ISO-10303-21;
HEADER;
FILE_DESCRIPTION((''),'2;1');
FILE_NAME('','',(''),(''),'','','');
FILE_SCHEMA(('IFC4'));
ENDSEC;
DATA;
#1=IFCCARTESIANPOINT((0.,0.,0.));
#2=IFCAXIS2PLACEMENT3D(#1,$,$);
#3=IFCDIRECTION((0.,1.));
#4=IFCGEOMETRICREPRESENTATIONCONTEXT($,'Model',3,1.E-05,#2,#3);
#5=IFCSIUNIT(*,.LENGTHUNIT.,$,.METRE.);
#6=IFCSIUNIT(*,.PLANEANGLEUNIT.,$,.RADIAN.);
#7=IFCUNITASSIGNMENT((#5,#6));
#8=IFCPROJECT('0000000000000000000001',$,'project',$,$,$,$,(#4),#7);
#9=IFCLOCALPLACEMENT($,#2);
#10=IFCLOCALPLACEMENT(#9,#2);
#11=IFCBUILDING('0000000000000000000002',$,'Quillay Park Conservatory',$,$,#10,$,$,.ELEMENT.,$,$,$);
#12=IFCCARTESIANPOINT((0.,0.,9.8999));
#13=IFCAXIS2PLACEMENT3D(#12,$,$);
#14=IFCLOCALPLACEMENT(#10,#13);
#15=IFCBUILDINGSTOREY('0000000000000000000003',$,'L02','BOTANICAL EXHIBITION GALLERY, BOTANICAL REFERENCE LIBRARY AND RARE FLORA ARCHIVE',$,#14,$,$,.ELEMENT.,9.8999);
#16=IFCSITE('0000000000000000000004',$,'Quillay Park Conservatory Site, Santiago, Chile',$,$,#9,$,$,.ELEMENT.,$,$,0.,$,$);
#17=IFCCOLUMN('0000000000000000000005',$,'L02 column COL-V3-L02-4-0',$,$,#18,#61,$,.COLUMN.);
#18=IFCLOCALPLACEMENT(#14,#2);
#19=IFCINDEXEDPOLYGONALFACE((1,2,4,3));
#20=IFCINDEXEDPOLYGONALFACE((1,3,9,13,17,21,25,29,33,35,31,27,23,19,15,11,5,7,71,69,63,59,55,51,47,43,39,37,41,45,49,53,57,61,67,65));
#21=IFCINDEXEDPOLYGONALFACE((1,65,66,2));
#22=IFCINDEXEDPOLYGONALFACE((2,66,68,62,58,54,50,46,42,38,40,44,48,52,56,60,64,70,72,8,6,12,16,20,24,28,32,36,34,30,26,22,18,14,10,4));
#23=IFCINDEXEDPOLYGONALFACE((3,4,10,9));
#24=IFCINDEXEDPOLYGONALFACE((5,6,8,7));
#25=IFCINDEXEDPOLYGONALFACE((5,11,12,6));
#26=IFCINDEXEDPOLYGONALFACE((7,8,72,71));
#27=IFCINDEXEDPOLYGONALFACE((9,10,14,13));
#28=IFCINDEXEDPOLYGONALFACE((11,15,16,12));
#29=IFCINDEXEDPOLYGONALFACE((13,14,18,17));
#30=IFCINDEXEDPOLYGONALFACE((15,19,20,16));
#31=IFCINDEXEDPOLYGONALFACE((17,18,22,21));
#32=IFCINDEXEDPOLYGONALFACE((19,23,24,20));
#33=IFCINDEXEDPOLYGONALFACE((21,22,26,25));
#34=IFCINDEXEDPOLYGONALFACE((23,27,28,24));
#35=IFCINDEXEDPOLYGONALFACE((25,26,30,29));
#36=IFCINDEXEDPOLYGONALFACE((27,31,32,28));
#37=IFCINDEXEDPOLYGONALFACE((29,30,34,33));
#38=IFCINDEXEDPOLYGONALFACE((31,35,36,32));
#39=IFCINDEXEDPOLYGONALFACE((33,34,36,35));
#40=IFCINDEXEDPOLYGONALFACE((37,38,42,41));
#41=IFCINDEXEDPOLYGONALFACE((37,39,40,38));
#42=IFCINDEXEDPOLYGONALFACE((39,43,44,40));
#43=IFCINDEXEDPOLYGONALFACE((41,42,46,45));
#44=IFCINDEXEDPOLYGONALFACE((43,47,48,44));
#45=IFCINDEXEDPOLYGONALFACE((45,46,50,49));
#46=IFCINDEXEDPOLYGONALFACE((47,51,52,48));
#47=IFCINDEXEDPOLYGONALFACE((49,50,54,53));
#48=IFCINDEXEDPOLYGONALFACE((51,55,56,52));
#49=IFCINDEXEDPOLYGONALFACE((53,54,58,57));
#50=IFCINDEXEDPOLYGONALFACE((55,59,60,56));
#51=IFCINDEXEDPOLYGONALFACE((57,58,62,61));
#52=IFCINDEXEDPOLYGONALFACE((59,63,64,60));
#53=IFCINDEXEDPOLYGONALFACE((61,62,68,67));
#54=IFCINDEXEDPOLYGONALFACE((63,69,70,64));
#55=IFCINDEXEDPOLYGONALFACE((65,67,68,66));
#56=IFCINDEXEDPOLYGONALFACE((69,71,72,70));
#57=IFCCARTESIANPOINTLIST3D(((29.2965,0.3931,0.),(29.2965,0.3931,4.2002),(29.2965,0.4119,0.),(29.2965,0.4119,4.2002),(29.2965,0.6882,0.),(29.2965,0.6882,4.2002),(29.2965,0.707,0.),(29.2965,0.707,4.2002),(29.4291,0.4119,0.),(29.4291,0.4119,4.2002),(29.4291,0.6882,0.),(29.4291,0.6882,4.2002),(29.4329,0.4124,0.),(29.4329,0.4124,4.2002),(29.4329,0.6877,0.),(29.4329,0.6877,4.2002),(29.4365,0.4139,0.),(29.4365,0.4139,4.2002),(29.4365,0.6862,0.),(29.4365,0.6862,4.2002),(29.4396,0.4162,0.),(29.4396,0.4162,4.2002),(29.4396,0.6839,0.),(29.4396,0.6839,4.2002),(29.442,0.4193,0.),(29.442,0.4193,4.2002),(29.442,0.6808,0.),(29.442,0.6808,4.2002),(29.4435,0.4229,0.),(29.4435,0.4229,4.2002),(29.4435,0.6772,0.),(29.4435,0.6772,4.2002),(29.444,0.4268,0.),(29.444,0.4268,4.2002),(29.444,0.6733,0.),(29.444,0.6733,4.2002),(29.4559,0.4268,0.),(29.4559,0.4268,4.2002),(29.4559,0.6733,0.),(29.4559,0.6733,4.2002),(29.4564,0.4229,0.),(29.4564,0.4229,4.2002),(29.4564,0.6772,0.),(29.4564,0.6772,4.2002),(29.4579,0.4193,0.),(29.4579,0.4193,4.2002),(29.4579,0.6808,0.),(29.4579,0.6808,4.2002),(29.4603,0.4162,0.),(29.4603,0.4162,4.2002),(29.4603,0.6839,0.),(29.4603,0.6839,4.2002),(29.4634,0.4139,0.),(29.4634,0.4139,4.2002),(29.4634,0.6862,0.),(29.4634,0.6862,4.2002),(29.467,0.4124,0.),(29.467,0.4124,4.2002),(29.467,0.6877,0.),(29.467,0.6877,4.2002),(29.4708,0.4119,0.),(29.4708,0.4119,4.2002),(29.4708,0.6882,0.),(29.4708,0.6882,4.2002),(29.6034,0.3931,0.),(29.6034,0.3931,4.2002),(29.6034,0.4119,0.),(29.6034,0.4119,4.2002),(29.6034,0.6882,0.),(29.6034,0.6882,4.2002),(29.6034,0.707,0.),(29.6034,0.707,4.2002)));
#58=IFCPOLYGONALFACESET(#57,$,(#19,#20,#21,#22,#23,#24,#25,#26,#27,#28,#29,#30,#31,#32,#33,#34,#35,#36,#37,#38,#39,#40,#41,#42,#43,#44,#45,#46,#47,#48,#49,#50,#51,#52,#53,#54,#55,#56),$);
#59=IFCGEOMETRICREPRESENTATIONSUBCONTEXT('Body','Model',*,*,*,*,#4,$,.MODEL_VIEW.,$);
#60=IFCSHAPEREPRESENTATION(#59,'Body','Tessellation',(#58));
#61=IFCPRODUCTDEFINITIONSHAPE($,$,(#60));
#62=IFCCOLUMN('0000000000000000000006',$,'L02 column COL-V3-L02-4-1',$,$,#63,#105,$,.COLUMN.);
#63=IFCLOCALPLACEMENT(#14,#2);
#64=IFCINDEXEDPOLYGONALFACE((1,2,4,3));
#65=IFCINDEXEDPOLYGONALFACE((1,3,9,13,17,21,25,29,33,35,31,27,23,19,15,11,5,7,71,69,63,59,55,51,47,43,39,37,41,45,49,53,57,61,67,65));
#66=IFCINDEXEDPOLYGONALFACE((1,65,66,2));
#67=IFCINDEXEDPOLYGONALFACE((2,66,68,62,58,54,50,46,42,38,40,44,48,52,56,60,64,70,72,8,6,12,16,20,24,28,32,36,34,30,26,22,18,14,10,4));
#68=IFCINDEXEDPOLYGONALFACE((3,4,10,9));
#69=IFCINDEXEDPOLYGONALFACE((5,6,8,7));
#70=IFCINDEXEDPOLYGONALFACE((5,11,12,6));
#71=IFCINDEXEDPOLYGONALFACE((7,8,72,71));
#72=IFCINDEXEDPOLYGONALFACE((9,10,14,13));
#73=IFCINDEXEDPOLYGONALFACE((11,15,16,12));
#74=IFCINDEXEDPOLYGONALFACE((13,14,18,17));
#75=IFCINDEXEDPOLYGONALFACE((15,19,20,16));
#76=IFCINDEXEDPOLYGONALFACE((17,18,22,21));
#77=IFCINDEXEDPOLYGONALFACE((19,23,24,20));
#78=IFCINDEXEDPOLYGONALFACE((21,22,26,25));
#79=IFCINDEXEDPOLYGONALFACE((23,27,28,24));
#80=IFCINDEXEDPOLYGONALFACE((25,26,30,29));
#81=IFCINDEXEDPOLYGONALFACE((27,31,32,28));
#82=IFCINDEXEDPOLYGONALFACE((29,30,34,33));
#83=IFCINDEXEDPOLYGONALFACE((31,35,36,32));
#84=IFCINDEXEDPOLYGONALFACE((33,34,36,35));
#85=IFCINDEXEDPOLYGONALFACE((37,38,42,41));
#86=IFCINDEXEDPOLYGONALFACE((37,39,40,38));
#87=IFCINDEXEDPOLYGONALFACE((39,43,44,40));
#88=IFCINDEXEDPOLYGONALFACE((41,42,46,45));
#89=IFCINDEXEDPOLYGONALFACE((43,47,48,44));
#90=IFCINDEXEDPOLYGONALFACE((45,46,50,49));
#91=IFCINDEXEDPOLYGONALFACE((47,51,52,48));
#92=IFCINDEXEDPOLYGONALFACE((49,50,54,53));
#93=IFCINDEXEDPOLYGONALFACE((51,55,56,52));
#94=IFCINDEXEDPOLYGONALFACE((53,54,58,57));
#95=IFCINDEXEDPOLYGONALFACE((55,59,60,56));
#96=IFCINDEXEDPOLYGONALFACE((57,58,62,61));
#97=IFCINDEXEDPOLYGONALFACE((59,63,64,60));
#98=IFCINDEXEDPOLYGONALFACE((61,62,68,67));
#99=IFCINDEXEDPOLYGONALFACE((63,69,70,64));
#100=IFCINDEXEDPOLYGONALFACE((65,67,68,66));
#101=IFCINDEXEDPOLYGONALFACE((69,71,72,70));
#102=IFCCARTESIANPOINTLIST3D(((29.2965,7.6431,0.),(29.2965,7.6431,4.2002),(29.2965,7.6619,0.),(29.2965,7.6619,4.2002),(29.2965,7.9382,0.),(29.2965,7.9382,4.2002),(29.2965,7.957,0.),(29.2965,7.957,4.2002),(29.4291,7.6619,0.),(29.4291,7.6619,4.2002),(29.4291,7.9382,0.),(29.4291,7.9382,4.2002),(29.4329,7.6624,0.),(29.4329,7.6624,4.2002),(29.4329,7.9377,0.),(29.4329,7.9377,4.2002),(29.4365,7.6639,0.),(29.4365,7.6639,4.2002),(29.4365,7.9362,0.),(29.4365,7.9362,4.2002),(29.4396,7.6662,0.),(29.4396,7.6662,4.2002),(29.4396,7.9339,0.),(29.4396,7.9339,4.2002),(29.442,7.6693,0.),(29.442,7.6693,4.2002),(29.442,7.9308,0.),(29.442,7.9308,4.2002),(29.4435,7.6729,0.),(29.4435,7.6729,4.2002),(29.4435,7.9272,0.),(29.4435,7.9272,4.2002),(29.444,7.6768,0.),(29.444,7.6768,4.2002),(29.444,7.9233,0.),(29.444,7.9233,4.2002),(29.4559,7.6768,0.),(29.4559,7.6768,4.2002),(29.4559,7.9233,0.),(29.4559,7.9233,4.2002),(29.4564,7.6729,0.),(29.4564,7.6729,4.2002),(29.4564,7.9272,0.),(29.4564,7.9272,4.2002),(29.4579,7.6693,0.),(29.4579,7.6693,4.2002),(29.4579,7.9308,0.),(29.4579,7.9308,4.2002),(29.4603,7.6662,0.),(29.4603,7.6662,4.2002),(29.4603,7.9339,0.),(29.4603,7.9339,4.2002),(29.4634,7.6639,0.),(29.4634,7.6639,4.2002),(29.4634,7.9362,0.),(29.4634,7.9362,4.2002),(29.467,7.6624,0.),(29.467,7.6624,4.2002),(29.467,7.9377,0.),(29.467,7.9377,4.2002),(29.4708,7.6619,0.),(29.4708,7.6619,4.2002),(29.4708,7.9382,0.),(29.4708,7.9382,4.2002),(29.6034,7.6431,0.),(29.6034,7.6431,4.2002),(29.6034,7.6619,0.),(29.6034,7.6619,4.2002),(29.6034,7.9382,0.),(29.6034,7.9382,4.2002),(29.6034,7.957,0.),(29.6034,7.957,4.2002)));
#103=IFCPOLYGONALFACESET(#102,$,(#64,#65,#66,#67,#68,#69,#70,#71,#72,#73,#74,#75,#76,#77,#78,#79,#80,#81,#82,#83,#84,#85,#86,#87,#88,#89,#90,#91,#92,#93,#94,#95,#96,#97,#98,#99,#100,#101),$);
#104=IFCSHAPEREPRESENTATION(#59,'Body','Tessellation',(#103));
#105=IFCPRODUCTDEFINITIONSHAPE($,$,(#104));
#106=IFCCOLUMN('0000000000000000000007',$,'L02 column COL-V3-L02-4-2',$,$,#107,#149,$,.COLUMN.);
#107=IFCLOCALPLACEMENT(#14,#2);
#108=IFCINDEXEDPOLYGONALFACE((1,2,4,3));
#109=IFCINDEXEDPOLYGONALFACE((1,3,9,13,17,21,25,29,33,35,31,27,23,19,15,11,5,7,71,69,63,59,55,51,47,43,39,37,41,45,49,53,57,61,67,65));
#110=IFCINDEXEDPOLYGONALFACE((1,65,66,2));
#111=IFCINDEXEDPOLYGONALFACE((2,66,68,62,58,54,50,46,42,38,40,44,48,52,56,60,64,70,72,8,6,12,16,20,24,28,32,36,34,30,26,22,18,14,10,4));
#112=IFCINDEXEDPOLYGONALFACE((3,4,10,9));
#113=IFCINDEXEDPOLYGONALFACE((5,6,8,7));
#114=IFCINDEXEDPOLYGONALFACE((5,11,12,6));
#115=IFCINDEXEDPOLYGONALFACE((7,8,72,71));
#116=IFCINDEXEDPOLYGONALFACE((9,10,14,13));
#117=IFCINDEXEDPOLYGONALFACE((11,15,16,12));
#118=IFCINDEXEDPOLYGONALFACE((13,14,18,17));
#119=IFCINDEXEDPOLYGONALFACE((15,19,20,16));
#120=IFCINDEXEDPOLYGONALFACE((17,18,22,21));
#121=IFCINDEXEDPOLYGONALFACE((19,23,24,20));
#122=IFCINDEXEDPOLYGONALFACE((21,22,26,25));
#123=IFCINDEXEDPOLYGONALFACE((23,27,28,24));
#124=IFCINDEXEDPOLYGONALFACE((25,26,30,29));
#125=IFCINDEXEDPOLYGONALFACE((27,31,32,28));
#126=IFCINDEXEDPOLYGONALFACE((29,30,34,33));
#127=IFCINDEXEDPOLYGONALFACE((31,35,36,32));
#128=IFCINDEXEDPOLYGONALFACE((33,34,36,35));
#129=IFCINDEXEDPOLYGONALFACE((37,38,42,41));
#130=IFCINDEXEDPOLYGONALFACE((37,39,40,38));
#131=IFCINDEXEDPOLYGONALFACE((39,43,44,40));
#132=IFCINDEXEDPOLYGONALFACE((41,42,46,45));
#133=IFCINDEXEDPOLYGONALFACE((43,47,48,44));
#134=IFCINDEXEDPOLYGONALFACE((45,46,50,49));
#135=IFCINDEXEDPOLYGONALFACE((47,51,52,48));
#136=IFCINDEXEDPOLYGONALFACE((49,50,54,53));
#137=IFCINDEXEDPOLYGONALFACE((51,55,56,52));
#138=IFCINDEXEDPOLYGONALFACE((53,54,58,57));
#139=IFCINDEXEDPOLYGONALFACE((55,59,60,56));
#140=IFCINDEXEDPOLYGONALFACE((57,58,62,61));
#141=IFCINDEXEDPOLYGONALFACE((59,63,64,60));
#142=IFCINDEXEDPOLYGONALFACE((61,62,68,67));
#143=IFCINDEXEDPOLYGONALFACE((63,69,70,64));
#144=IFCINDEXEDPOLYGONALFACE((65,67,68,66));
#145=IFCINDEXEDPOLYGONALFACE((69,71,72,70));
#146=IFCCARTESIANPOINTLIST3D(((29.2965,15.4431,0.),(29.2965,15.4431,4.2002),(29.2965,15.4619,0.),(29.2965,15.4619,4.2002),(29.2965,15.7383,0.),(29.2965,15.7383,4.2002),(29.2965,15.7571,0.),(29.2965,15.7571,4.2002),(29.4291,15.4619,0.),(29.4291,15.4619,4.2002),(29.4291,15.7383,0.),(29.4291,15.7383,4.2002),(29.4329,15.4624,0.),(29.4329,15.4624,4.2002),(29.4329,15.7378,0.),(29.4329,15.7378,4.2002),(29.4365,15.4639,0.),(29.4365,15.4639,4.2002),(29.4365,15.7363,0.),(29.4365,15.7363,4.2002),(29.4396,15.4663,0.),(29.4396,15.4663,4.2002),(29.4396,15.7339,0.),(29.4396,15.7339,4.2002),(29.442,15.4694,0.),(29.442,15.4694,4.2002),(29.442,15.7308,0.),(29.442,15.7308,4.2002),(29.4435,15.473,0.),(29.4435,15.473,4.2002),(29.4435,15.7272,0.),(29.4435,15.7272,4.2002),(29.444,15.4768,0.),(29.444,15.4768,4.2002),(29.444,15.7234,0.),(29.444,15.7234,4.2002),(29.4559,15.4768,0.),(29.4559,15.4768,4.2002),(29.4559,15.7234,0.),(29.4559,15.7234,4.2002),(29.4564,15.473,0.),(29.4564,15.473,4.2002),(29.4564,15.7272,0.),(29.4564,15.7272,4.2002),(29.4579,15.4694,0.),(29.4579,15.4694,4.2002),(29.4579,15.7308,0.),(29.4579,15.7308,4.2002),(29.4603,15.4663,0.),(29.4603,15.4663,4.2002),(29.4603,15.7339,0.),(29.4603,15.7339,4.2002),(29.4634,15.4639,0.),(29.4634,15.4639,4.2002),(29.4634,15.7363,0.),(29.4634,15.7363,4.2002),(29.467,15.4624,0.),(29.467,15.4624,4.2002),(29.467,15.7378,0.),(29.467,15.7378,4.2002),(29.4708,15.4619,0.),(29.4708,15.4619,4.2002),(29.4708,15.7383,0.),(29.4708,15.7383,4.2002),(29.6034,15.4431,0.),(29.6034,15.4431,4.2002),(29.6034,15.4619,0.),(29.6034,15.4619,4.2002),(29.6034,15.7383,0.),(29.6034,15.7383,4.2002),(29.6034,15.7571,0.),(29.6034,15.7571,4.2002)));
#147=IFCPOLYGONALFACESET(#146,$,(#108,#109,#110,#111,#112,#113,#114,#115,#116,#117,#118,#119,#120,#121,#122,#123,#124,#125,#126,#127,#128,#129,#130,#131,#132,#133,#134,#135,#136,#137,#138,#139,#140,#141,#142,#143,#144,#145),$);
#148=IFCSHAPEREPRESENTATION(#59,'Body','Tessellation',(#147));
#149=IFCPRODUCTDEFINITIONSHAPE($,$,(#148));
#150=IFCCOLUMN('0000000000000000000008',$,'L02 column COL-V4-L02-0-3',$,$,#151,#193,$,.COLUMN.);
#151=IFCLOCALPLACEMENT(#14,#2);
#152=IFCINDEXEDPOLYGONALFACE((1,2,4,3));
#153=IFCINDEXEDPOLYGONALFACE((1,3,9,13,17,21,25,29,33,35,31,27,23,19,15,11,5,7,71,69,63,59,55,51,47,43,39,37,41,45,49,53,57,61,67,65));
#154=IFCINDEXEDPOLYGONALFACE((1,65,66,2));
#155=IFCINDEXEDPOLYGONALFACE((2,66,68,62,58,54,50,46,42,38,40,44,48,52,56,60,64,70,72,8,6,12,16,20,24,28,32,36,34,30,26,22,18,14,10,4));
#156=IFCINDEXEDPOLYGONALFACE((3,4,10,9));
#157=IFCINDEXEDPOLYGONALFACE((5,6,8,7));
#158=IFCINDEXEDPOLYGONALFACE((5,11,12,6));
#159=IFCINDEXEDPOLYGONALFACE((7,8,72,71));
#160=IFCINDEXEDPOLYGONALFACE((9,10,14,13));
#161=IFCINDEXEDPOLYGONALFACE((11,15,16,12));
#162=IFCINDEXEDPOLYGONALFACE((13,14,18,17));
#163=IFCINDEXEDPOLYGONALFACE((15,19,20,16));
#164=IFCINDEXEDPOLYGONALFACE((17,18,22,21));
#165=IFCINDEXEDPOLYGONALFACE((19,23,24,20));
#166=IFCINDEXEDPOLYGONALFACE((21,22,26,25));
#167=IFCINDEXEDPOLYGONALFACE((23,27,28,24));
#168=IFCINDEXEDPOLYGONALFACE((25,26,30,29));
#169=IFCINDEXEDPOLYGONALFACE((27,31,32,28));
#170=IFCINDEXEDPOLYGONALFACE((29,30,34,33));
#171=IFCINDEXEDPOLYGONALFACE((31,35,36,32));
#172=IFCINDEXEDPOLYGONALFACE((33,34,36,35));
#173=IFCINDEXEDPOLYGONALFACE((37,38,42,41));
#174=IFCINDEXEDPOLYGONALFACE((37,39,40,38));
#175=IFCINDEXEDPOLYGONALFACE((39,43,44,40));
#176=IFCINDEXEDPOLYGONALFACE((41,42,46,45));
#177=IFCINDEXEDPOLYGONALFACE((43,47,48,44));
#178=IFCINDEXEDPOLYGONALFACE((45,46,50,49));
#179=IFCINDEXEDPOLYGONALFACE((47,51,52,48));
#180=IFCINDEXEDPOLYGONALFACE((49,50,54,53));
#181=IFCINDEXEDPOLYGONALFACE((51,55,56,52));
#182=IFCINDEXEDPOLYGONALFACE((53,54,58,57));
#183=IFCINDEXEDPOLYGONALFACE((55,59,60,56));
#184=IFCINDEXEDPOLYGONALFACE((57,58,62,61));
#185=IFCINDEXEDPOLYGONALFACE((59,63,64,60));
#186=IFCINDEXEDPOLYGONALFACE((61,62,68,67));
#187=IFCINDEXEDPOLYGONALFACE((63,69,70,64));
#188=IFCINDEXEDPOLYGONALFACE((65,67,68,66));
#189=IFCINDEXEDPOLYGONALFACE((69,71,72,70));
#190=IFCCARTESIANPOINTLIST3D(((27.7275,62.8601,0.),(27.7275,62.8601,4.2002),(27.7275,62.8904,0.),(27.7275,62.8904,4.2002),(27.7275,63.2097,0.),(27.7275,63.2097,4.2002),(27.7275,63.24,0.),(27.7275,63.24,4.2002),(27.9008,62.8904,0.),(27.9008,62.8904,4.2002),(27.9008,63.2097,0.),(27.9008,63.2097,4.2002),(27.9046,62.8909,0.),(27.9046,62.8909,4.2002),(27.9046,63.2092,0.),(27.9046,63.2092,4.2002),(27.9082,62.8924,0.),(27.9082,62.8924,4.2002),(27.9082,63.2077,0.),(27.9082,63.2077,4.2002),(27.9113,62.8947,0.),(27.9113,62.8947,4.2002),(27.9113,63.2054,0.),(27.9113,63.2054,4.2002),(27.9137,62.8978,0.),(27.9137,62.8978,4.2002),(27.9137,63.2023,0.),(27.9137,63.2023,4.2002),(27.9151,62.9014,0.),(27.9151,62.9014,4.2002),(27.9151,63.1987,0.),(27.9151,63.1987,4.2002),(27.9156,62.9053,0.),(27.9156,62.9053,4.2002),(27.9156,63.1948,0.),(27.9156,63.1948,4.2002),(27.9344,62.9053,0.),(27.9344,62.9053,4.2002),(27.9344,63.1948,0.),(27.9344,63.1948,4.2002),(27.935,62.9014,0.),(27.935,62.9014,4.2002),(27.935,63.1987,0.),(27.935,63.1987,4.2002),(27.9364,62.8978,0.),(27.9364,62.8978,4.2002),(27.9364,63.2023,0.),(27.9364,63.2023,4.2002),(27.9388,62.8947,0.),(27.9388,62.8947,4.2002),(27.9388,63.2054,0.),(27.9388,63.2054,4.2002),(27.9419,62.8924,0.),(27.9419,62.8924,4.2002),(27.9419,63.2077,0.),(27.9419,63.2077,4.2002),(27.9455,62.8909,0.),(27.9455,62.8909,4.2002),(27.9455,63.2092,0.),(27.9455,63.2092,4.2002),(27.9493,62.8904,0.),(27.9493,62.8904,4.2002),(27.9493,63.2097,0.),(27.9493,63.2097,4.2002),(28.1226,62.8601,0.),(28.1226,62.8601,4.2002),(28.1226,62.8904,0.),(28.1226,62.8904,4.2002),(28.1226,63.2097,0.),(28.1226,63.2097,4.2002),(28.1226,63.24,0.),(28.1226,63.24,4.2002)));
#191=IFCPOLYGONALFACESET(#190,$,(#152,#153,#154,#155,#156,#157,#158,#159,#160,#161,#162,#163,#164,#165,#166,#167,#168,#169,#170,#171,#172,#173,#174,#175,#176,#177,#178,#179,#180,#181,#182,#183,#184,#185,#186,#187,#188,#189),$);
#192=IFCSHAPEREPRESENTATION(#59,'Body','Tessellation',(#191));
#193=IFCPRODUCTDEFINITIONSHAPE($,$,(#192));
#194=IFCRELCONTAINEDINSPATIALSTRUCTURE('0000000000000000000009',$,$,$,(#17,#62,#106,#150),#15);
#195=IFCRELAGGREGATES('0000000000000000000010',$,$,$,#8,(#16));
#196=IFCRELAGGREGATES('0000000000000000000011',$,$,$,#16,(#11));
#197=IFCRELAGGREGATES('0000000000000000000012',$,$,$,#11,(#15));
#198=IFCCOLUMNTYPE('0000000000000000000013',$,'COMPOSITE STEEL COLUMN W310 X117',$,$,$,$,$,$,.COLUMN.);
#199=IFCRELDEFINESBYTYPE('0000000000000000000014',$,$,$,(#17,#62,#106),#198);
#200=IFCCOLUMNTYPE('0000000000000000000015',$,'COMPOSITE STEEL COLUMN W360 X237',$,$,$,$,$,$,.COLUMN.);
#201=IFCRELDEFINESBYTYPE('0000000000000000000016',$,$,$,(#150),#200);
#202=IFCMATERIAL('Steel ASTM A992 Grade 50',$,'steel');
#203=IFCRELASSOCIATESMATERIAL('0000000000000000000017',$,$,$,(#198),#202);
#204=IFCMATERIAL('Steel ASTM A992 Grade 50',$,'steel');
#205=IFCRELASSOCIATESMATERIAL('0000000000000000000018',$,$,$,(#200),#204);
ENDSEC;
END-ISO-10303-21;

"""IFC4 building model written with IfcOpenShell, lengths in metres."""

from ifc_helpers import new_model, si_unit, direction, frame, origin, origin_2d, place, context, subcontext, project, spatial, i_section, extrude, material, material_profile, profile_set, type_object, element, save


model = new_model("IFC4")

# Units and contexts
model_context = context("Model", 3, precision=1e-05, world=origin(), true_north=direction((0.0, 1.0)))
body_context = subcontext(model_context, "Body", "Model", "MODEL_VIEW")
ifc_project = project(units=[si_unit("LENGTHUNIT", "METRE"), si_unit("PLANEANGLEUNIT", "RADIAN")], contexts=[model_context])

# Site, building, storey
site_placement = place(None, origin())
site = spatial("IfcSite", under=ifc_project, at=site_placement, Name="Quillay Park Conservatory Site, Santiago, Chile", CompositionType="ELEMENT", RefElevation=0.0)
building_placement = place(site_placement, origin())
building = spatial("IfcBuilding", under=site, at=building_placement, Name="Quillay Park Conservatory", CompositionType="ELEMENT")
storey_placement = place(building_placement, frame((0.0, 0.0, 9.8999)))
storey = spatial("IfcBuildingStorey", under=building, at=storey_placement, Name="L02", Description="BOTANICAL EXHIBITION GALLERY, BOTANICAL REFERENCE LIBRARY AND RARE FLORA ARCHIVE", CompositionType="ELEMENT", Elevation=9.8999)

# Columns
ifc_material_1 = material(Name="Steel ASTM A992 Grade 50", Category="steel")
ifc_material_profile_1 = material_profile(ifc_material_1, i_section(OverallWidth=0.3069, OverallDepth=0.314, WebThickness=0.012, FlangeThickness=0.0188, FilletRadius=0.0149, at=origin_2d()), Name="W310x117")
ifc_profile_set_1 = profile_set([ifc_material_profile_1], Name="Steel ASTM A992 Grade 50")
column_type_1 = type_object("IfcColumnType", Name="COMPOSITE STEEL COLUMN W310 X117", PredefinedType="COLUMN", material=ifc_profile_set_1)
for number, where, z_axis, x_axis, name in (
    (1, (29.45, 0.55, 0.0), (0.0, 0.0, 1.0), (1.0, 0.0, 0.0), "L02 column COL-V3-L02-4-0"),
    (2, (29.45, 7.8, 0.0), (0.0, 0.0, 1.0), (1.0, 0.0, 0.0), "L02 column COL-V3-L02-4-1"),
    (3, (29.45, 15.6001, 0.0), (0.0, 0.0, 1.0), (1.0, 0.0, 0.0), "L02 column COL-V3-L02-4-2"),
):
    element("IfcColumn", number, at=place(storey_placement, frame(where, z_axis=z_axis, x_axis=x_axis)), inside=storey, type_object=column_type_1, Name=name, PredefinedType="COLUMN", context=body_context, shape_type="SweptSolid", body=[
        extrude(i_section(OverallWidth=0.3069, OverallDepth=0.314, WebThickness=0.012, FlangeThickness=0.0188, FilletRadius=0.0149, at=origin_2d()), origin(), (0.0, 0.0, 1.0), 4.2002),
    ])
ifc_material_2 = material(Name="Steel ASTM A992 Grade 50", Category="steel")
ifc_material_profile_2 = material_profile(ifc_material_2, i_section(OverallWidth=0.395, OverallDepth=0.3799, WebThickness=0.0188, FlangeThickness=0.0303, FilletRadius=0.0149, at=origin_2d()), Name="W360x237")
ifc_profile_set_2 = profile_set([ifc_material_profile_2], Name="Steel ASTM A992 Grade 50")
column_type_2 = type_object("IfcColumnType", Name="COMPOSITE STEEL COLUMN W360 X237", PredefinedType="COLUMN", material=ifc_profile_set_2)
column_placement = place(storey_placement, frame((27.925, 63.05, 0.0), z_axis=(0.0, 0.0, 1.0), x_axis=(1.0, 0.0, 0.0)))
element("IfcColumn", 4, at=column_placement, inside=storey, type_object=column_type_2, Name="L02 column COL-V4-L02-0-3", PredefinedType="COLUMN", context=body_context, shape_type="SweptSolid", body=[
    extrude(i_section(OverallWidth=0.395, OverallDepth=0.3799, WebThickness=0.0188, FlangeThickness=0.0303, FilletRadius=0.0149, at=origin_2d()), origin(), (0.0, 0.0, 1.0), 4.2002),
])

save(model, "model.ifc")
